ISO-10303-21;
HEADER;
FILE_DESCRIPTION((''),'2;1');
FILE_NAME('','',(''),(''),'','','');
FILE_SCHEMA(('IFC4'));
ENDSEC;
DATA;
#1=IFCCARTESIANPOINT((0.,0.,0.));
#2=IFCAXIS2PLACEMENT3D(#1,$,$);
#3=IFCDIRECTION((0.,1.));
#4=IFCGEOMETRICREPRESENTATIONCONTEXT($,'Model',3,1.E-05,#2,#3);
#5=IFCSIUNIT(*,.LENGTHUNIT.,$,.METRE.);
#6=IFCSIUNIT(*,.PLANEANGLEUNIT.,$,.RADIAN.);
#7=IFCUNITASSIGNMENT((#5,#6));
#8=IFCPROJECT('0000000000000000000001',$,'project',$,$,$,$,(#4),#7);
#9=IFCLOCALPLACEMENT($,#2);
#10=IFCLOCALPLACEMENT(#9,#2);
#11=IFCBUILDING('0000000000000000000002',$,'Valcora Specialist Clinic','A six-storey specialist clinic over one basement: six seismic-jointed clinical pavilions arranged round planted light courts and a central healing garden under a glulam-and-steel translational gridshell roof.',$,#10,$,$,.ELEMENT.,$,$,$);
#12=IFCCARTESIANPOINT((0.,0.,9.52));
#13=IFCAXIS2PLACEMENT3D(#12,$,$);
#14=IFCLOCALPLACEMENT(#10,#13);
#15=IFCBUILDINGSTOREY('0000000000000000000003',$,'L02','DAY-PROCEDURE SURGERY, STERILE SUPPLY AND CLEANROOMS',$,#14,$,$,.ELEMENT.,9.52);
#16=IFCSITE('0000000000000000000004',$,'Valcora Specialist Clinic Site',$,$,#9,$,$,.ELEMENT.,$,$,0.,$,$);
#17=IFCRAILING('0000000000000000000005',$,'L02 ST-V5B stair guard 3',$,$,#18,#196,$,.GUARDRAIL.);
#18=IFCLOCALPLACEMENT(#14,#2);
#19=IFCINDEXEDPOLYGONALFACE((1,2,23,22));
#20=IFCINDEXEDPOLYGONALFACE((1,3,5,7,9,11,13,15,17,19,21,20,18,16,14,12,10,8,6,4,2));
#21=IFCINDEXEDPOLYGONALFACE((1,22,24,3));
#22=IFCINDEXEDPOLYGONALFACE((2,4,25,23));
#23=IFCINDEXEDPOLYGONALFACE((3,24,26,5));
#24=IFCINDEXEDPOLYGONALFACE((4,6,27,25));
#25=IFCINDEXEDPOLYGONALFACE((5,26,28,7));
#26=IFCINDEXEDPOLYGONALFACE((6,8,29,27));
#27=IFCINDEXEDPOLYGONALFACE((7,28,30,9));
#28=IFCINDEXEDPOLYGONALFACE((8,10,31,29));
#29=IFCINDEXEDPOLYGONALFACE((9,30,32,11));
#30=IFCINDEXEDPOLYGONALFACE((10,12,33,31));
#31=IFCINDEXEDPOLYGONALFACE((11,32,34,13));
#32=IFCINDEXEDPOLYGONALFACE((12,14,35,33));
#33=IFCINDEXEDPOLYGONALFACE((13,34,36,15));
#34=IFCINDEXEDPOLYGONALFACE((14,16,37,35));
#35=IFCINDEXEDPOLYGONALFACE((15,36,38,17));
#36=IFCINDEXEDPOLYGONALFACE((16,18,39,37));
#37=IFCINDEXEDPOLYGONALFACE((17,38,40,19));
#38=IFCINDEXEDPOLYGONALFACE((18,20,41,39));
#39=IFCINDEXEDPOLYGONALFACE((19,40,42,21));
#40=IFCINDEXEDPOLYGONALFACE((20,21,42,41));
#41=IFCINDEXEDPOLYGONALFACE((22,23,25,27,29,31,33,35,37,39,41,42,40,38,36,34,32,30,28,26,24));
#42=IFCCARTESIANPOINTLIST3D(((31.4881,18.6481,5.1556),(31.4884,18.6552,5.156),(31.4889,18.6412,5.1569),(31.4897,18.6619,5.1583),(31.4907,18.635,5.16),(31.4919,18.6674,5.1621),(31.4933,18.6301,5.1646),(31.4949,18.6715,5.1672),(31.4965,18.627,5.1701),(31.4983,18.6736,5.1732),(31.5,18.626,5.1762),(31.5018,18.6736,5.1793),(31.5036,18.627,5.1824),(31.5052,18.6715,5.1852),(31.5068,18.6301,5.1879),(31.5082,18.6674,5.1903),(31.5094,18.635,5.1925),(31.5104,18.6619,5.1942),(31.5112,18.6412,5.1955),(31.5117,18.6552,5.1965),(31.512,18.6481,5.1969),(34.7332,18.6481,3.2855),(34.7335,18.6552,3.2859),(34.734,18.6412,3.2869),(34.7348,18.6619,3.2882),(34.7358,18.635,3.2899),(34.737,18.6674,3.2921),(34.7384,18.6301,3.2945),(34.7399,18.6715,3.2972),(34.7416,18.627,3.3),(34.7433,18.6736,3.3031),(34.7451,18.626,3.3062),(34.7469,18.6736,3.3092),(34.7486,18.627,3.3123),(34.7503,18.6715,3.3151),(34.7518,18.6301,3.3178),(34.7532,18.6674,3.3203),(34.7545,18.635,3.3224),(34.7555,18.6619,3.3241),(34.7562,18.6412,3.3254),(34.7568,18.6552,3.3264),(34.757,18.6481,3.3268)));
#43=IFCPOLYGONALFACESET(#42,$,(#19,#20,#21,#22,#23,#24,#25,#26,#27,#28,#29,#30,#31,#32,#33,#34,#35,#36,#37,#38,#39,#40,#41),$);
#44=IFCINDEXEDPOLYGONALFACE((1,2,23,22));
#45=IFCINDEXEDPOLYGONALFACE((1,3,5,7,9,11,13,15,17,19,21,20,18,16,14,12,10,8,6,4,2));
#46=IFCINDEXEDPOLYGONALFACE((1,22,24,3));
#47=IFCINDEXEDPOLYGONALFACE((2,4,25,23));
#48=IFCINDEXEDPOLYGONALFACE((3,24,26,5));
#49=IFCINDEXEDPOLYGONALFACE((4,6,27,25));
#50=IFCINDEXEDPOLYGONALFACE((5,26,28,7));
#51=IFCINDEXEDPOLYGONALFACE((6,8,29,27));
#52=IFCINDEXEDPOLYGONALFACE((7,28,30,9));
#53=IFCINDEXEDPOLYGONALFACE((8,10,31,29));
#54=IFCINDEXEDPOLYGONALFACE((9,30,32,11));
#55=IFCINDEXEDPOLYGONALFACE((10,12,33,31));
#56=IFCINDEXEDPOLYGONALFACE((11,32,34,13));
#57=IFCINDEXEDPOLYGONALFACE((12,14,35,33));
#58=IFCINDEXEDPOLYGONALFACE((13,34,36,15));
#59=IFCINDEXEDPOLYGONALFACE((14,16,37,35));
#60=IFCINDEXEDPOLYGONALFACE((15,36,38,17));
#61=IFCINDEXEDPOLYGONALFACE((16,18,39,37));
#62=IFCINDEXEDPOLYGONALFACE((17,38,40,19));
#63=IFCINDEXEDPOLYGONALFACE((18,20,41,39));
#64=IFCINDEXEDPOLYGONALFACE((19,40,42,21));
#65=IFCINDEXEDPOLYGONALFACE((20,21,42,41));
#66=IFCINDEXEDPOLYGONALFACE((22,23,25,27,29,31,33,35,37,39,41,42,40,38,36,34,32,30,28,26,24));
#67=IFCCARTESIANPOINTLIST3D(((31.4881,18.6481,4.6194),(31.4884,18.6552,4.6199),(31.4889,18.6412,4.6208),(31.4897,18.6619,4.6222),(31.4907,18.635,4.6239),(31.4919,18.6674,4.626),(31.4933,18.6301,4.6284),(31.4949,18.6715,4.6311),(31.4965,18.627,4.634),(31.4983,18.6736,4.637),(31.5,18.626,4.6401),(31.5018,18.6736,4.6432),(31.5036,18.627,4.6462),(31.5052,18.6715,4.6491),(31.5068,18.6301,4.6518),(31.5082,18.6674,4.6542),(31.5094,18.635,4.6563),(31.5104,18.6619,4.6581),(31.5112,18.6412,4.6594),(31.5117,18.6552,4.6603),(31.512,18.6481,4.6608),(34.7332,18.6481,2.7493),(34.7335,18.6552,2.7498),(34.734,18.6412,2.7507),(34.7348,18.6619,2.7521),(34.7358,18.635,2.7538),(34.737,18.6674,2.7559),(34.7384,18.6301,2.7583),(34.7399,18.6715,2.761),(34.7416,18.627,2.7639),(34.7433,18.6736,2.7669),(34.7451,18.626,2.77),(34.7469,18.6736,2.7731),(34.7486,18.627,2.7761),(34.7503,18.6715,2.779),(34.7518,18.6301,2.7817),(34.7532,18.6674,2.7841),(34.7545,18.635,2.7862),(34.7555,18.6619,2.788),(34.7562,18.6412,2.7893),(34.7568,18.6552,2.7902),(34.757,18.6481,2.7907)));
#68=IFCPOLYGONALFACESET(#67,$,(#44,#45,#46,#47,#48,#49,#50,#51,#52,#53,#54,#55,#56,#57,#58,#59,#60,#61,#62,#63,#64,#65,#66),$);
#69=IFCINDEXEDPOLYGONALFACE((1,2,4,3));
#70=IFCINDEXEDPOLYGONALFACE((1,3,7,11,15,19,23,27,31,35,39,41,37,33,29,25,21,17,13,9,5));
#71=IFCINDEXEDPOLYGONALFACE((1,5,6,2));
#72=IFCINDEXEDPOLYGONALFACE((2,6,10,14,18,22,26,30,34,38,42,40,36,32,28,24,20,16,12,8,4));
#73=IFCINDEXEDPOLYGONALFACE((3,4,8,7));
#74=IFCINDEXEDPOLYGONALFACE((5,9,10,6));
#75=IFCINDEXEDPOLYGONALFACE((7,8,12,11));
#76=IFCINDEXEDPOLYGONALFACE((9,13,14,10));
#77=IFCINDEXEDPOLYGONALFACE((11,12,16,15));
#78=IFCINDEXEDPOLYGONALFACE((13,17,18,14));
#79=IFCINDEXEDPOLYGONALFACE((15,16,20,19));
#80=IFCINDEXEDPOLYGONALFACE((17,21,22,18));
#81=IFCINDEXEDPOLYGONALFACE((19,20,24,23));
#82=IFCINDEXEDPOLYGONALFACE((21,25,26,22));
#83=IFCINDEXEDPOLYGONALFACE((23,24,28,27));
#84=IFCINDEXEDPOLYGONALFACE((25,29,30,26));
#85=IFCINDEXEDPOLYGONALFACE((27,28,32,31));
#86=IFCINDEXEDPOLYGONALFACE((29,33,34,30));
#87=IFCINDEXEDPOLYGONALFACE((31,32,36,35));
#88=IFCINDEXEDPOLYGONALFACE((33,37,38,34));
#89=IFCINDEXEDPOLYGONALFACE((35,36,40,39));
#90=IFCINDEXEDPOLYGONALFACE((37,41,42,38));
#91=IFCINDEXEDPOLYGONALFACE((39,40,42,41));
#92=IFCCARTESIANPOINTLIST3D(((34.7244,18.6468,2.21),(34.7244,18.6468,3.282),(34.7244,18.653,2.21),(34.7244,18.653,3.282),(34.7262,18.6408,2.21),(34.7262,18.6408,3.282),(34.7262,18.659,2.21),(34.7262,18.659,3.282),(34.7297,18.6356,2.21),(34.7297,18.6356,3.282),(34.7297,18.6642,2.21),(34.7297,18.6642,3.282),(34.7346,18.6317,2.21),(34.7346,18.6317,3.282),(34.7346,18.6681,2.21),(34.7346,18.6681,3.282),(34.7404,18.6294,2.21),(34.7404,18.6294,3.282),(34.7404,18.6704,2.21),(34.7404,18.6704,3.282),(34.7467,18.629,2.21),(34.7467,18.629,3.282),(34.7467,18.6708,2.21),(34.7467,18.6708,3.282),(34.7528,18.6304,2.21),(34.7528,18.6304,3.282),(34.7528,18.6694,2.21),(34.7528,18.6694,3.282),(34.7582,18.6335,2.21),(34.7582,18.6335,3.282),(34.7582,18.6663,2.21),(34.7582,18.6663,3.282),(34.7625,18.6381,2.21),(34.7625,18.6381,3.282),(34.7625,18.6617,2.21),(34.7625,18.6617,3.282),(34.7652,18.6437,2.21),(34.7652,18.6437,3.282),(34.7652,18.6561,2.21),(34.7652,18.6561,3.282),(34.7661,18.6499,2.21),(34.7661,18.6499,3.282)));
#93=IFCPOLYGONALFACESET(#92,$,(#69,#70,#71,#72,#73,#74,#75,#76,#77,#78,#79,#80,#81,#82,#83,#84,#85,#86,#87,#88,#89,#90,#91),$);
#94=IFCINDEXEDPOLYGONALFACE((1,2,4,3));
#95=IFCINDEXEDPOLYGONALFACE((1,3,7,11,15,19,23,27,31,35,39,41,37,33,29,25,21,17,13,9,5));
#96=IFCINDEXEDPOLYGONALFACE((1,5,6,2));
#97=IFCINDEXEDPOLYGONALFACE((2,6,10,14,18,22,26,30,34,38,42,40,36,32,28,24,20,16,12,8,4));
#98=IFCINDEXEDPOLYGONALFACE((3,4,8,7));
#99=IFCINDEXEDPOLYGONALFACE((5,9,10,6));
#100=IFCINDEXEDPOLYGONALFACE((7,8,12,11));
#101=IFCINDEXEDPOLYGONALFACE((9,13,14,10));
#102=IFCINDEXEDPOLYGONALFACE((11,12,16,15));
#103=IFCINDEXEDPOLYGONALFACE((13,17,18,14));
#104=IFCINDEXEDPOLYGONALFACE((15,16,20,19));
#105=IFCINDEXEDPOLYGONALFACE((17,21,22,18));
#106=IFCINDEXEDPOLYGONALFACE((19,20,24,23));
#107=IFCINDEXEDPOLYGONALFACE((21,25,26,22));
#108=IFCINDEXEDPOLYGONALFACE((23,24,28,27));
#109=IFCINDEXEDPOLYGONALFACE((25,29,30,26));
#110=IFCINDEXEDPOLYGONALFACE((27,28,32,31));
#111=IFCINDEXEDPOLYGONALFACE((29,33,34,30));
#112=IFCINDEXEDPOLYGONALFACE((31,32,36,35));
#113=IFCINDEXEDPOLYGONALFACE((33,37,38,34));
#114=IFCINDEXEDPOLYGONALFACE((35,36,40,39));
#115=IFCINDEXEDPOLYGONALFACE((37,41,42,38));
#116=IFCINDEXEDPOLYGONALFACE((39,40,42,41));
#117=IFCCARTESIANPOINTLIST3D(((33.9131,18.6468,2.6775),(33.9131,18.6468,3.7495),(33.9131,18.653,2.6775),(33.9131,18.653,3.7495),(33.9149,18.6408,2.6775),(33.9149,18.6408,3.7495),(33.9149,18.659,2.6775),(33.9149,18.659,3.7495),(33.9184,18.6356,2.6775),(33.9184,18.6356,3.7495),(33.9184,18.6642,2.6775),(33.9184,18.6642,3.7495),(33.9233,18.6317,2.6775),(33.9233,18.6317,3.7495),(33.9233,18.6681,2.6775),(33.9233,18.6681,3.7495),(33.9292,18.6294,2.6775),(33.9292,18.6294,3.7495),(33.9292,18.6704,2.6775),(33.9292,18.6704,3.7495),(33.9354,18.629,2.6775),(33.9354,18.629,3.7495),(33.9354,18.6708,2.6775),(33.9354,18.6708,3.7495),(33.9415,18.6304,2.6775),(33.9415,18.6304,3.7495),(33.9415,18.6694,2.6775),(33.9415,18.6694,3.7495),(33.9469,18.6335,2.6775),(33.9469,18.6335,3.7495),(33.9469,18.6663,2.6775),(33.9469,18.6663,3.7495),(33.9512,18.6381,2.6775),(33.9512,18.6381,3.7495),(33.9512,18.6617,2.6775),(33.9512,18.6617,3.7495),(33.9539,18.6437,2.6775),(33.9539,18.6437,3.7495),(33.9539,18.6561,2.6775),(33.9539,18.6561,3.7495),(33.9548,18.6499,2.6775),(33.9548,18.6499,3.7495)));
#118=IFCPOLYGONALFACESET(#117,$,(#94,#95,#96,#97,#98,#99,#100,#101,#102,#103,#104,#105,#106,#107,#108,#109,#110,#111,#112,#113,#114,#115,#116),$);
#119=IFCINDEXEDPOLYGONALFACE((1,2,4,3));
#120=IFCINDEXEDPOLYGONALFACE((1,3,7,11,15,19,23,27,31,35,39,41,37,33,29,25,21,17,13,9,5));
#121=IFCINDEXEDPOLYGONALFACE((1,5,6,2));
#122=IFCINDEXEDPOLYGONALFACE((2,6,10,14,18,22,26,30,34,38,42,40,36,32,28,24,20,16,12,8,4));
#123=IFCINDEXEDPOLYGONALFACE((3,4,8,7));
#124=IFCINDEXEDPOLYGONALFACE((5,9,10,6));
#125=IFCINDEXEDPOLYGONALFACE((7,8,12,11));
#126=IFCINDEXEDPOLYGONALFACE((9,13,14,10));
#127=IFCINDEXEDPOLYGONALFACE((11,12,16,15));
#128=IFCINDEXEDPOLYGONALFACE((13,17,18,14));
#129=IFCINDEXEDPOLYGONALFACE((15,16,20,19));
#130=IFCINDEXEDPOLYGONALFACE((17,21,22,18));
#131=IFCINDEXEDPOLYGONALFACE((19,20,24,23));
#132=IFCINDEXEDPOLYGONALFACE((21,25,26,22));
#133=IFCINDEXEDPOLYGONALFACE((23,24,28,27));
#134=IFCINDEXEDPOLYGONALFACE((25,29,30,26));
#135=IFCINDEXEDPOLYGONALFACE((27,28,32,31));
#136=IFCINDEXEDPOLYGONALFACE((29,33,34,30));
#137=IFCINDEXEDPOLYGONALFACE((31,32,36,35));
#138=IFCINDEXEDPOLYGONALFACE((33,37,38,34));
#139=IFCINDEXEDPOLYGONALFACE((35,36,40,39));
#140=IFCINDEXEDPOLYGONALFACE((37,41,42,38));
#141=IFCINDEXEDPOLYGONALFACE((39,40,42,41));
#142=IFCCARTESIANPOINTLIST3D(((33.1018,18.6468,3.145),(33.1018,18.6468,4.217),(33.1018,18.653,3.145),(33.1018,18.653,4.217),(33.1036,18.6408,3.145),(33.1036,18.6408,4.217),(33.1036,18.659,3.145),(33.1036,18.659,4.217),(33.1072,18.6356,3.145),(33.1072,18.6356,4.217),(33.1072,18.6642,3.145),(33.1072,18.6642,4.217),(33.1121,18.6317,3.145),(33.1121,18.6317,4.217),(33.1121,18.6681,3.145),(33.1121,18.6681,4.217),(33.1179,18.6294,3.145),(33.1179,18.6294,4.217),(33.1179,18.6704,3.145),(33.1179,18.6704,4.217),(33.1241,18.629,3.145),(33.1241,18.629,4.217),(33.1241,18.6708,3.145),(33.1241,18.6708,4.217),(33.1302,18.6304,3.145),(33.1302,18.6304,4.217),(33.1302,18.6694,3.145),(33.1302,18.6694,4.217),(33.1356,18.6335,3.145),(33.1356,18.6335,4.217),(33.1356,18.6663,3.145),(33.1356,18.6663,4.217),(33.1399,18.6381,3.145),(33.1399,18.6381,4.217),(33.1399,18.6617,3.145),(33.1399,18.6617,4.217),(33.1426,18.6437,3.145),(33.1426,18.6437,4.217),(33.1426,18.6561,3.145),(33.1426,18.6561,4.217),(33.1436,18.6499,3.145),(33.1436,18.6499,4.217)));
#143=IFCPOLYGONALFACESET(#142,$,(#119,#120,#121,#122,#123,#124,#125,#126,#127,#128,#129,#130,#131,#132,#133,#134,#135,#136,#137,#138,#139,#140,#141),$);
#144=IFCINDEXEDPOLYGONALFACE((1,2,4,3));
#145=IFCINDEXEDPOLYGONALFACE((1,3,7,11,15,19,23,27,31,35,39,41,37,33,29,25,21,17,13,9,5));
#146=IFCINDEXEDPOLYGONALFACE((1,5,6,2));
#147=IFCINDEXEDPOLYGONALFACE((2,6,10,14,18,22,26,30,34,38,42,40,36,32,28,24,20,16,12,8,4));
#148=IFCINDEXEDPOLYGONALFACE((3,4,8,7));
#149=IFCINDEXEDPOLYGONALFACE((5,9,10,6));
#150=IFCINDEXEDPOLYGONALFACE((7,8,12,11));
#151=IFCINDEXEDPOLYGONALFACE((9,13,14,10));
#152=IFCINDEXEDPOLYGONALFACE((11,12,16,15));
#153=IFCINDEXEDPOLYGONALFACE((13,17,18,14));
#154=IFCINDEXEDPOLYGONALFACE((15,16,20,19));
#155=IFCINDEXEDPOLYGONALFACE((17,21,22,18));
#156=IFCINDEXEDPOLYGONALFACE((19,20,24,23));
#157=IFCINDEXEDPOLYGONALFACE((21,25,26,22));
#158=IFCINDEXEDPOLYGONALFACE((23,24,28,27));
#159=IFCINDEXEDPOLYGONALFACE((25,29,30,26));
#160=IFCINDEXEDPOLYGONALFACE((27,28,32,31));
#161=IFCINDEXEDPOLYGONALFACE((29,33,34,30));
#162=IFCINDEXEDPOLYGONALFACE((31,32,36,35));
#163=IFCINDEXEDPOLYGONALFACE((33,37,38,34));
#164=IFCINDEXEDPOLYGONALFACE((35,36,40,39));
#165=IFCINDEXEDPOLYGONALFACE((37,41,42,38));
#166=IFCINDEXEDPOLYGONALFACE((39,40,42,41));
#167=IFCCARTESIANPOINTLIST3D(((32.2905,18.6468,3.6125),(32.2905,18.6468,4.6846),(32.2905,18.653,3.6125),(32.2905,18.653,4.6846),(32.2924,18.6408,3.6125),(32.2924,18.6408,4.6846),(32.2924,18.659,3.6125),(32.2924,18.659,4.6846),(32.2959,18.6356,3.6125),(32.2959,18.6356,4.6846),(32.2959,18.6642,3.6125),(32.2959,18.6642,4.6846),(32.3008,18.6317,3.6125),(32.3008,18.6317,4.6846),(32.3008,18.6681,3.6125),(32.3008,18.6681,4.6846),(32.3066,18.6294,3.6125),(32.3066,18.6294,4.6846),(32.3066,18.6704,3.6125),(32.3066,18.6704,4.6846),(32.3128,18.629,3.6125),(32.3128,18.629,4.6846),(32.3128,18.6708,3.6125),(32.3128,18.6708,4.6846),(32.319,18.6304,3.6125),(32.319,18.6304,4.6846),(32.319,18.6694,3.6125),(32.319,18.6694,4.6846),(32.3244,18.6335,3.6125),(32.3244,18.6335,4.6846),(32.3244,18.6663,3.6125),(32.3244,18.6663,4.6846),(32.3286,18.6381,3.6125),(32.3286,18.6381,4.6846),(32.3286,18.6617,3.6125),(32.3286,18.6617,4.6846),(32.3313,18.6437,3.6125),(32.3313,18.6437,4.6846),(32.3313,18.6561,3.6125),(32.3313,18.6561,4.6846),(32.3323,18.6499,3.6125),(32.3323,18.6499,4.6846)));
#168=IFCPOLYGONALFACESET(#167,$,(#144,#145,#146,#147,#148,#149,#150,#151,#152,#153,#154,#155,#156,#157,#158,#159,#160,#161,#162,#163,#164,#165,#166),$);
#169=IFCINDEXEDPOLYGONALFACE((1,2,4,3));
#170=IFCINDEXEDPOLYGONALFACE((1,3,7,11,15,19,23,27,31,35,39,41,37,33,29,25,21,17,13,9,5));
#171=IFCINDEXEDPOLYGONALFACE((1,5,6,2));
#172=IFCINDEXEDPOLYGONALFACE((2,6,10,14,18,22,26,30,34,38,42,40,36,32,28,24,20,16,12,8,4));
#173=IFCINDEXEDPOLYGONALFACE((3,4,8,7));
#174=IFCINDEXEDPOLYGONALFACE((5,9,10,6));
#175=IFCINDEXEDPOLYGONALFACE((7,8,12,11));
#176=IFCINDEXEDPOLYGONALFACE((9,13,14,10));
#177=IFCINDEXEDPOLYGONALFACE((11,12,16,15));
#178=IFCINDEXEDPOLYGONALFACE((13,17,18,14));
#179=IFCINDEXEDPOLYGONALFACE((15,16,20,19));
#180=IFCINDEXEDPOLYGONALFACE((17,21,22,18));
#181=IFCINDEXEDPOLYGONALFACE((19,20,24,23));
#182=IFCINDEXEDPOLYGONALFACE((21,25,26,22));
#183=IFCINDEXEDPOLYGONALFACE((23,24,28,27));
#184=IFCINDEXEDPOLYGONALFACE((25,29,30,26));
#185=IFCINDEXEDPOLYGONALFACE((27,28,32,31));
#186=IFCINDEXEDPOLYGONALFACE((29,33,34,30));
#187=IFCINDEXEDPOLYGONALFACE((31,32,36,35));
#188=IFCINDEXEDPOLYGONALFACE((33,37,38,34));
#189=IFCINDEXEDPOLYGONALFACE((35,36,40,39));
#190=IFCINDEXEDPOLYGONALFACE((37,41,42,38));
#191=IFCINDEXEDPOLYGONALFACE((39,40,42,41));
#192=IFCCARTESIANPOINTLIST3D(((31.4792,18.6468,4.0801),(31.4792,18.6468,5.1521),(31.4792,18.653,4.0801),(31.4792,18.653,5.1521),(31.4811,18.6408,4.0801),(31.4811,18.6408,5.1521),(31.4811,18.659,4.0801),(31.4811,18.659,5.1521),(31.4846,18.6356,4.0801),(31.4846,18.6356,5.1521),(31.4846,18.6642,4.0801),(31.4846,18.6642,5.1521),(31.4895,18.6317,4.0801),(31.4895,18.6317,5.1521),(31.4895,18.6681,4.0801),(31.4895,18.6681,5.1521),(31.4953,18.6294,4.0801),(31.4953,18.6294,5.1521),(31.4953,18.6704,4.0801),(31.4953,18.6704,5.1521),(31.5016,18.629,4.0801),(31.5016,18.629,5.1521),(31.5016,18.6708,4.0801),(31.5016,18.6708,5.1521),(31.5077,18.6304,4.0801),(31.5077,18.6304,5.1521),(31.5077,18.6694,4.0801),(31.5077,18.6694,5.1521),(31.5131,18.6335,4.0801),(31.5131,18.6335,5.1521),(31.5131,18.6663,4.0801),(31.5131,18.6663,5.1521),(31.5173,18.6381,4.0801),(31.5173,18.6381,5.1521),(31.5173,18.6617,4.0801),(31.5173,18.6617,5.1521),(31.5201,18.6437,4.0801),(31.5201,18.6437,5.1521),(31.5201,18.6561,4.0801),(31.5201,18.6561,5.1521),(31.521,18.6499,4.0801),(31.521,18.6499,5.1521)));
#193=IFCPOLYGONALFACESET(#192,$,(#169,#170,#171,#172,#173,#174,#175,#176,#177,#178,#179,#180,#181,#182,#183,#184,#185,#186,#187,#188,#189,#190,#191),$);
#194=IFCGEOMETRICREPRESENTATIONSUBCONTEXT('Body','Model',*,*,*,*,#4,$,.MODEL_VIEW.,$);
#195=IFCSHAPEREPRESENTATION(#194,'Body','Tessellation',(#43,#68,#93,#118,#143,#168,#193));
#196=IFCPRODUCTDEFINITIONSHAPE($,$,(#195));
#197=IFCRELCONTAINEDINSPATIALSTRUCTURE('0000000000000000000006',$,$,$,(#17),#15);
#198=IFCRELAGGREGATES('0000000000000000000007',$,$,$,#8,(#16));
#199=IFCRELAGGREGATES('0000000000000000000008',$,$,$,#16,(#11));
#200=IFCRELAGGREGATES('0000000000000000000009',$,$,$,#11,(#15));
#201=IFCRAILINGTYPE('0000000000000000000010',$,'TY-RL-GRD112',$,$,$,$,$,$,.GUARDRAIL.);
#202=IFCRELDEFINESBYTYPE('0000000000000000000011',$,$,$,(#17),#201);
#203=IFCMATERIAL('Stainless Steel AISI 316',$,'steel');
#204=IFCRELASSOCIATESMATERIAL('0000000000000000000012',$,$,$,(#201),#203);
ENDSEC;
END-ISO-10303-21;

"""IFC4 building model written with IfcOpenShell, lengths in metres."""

from ifc_helpers import new_model, si_unit, direction, frame, origin, origin_2d, place, context, subcontext, project, spatial, circle, extrude, material, type_object, element, save


model = new_model("IFC4")

# Units and contexts
model_context = context("Model", 3, precision=1e-05, world=origin(), true_north=direction((0.0, 1.0)))
body_context = subcontext(model_context, "Body", "Model", "MODEL_VIEW")
ifc_project = project(units=[si_unit("LENGTHUNIT", "METRE"), si_unit("PLANEANGLEUNIT", "RADIAN")], contexts=[model_context])

# Site, building, storey
site_placement = place(None, origin())
site = spatial("IfcSite", under=ifc_project, at=site_placement, Name="Valcora Specialist Clinic Site", CompositionType="ELEMENT", RefElevation=0.0)
building_placement = place(site_placement, origin())
building = spatial("IfcBuilding", under=site, at=building_placement, Name="Valcora Specialist Clinic", Description="A six-storey specialist clinic over one basement: six seismic-jointed clinical pavilions arranged round planted light courts and a central healing garden under a glulam-and-steel translational gridshell roof.", CompositionType="ELEMENT")
storey_placement = place(building_placement, frame((0.0, 0.0, 9.52)))
storey = spatial("IfcBuildingStorey", under=building, at=storey_placement, Name="L02", Description="DAY-PROCEDURE SURGERY, STERILE SUPPLY AND CLEANROOMS", CompositionType="ELEMENT", Elevation=9.52)

# Shared definitions
ifc_material_1 = material(Name="Stainless Steel AISI 316", Category="steel")

# Railing
railing_type_1 = type_object("IfcRailingType", Name="TY-RL-GRD112", PredefinedType="GUARDRAIL", material=ifc_material_1)
railing_1_placement = place(storey_placement, frame((34.7451, 18.6499, 2.21)))
element("IfcRailing", 1, at=railing_1_placement, inside=storey, type_object=railing_type_1, Name="L02 ST-V5B stair guard 3", PredefinedType="GUARDRAIL", context=body_context, shape_type="SweptSolid", body=[
    extrude(circle(Radius=0.0239, at=origin_2d()), frame((0.0, 0.0, 1.0962), z_axis=(-0.866424, 0.0, 0.499309), x_axis=(0.0, -1.0, 0.0)), (0.0, 0.0, 1.0), 3.7454),
    extrude(circle(Radius=0.0239, at=origin_2d()), frame((0.0, 0.0, 0.5601), z_axis=(-0.866424, 0.0, 0.499309), x_axis=(0.0, -1.0, 0.0)), (0.0, 0.0, 1.0), 3.7454),
    extrude(circle(Radius=0.021, at=origin_2d()), origin(), (0.0, 0.0, 1.0), 1.072),
    extrude(circle(Radius=0.021, at=origin_2d()), frame((-0.8113, 0.0, 0.4675)), (0.0, 0.0, 1.0), 1.072),
    extrude(circle(Radius=0.021, at=origin_2d()), frame((-1.6226, 0.0, 0.9351)), (0.0, 0.0, 1.0), 1.072),
    extrude(circle(Radius=0.021, at=origin_2d()), frame((-2.4338, 0.0, 1.4026)), (0.0, 0.0, 1.0), 1.072),
    extrude(circle(Radius=0.021, at=origin_2d()), frame((-3.2451, 0.0, 1.8701)), (0.0, 0.0, 1.0), 1.072),
])

save(model, "model.ifc")
